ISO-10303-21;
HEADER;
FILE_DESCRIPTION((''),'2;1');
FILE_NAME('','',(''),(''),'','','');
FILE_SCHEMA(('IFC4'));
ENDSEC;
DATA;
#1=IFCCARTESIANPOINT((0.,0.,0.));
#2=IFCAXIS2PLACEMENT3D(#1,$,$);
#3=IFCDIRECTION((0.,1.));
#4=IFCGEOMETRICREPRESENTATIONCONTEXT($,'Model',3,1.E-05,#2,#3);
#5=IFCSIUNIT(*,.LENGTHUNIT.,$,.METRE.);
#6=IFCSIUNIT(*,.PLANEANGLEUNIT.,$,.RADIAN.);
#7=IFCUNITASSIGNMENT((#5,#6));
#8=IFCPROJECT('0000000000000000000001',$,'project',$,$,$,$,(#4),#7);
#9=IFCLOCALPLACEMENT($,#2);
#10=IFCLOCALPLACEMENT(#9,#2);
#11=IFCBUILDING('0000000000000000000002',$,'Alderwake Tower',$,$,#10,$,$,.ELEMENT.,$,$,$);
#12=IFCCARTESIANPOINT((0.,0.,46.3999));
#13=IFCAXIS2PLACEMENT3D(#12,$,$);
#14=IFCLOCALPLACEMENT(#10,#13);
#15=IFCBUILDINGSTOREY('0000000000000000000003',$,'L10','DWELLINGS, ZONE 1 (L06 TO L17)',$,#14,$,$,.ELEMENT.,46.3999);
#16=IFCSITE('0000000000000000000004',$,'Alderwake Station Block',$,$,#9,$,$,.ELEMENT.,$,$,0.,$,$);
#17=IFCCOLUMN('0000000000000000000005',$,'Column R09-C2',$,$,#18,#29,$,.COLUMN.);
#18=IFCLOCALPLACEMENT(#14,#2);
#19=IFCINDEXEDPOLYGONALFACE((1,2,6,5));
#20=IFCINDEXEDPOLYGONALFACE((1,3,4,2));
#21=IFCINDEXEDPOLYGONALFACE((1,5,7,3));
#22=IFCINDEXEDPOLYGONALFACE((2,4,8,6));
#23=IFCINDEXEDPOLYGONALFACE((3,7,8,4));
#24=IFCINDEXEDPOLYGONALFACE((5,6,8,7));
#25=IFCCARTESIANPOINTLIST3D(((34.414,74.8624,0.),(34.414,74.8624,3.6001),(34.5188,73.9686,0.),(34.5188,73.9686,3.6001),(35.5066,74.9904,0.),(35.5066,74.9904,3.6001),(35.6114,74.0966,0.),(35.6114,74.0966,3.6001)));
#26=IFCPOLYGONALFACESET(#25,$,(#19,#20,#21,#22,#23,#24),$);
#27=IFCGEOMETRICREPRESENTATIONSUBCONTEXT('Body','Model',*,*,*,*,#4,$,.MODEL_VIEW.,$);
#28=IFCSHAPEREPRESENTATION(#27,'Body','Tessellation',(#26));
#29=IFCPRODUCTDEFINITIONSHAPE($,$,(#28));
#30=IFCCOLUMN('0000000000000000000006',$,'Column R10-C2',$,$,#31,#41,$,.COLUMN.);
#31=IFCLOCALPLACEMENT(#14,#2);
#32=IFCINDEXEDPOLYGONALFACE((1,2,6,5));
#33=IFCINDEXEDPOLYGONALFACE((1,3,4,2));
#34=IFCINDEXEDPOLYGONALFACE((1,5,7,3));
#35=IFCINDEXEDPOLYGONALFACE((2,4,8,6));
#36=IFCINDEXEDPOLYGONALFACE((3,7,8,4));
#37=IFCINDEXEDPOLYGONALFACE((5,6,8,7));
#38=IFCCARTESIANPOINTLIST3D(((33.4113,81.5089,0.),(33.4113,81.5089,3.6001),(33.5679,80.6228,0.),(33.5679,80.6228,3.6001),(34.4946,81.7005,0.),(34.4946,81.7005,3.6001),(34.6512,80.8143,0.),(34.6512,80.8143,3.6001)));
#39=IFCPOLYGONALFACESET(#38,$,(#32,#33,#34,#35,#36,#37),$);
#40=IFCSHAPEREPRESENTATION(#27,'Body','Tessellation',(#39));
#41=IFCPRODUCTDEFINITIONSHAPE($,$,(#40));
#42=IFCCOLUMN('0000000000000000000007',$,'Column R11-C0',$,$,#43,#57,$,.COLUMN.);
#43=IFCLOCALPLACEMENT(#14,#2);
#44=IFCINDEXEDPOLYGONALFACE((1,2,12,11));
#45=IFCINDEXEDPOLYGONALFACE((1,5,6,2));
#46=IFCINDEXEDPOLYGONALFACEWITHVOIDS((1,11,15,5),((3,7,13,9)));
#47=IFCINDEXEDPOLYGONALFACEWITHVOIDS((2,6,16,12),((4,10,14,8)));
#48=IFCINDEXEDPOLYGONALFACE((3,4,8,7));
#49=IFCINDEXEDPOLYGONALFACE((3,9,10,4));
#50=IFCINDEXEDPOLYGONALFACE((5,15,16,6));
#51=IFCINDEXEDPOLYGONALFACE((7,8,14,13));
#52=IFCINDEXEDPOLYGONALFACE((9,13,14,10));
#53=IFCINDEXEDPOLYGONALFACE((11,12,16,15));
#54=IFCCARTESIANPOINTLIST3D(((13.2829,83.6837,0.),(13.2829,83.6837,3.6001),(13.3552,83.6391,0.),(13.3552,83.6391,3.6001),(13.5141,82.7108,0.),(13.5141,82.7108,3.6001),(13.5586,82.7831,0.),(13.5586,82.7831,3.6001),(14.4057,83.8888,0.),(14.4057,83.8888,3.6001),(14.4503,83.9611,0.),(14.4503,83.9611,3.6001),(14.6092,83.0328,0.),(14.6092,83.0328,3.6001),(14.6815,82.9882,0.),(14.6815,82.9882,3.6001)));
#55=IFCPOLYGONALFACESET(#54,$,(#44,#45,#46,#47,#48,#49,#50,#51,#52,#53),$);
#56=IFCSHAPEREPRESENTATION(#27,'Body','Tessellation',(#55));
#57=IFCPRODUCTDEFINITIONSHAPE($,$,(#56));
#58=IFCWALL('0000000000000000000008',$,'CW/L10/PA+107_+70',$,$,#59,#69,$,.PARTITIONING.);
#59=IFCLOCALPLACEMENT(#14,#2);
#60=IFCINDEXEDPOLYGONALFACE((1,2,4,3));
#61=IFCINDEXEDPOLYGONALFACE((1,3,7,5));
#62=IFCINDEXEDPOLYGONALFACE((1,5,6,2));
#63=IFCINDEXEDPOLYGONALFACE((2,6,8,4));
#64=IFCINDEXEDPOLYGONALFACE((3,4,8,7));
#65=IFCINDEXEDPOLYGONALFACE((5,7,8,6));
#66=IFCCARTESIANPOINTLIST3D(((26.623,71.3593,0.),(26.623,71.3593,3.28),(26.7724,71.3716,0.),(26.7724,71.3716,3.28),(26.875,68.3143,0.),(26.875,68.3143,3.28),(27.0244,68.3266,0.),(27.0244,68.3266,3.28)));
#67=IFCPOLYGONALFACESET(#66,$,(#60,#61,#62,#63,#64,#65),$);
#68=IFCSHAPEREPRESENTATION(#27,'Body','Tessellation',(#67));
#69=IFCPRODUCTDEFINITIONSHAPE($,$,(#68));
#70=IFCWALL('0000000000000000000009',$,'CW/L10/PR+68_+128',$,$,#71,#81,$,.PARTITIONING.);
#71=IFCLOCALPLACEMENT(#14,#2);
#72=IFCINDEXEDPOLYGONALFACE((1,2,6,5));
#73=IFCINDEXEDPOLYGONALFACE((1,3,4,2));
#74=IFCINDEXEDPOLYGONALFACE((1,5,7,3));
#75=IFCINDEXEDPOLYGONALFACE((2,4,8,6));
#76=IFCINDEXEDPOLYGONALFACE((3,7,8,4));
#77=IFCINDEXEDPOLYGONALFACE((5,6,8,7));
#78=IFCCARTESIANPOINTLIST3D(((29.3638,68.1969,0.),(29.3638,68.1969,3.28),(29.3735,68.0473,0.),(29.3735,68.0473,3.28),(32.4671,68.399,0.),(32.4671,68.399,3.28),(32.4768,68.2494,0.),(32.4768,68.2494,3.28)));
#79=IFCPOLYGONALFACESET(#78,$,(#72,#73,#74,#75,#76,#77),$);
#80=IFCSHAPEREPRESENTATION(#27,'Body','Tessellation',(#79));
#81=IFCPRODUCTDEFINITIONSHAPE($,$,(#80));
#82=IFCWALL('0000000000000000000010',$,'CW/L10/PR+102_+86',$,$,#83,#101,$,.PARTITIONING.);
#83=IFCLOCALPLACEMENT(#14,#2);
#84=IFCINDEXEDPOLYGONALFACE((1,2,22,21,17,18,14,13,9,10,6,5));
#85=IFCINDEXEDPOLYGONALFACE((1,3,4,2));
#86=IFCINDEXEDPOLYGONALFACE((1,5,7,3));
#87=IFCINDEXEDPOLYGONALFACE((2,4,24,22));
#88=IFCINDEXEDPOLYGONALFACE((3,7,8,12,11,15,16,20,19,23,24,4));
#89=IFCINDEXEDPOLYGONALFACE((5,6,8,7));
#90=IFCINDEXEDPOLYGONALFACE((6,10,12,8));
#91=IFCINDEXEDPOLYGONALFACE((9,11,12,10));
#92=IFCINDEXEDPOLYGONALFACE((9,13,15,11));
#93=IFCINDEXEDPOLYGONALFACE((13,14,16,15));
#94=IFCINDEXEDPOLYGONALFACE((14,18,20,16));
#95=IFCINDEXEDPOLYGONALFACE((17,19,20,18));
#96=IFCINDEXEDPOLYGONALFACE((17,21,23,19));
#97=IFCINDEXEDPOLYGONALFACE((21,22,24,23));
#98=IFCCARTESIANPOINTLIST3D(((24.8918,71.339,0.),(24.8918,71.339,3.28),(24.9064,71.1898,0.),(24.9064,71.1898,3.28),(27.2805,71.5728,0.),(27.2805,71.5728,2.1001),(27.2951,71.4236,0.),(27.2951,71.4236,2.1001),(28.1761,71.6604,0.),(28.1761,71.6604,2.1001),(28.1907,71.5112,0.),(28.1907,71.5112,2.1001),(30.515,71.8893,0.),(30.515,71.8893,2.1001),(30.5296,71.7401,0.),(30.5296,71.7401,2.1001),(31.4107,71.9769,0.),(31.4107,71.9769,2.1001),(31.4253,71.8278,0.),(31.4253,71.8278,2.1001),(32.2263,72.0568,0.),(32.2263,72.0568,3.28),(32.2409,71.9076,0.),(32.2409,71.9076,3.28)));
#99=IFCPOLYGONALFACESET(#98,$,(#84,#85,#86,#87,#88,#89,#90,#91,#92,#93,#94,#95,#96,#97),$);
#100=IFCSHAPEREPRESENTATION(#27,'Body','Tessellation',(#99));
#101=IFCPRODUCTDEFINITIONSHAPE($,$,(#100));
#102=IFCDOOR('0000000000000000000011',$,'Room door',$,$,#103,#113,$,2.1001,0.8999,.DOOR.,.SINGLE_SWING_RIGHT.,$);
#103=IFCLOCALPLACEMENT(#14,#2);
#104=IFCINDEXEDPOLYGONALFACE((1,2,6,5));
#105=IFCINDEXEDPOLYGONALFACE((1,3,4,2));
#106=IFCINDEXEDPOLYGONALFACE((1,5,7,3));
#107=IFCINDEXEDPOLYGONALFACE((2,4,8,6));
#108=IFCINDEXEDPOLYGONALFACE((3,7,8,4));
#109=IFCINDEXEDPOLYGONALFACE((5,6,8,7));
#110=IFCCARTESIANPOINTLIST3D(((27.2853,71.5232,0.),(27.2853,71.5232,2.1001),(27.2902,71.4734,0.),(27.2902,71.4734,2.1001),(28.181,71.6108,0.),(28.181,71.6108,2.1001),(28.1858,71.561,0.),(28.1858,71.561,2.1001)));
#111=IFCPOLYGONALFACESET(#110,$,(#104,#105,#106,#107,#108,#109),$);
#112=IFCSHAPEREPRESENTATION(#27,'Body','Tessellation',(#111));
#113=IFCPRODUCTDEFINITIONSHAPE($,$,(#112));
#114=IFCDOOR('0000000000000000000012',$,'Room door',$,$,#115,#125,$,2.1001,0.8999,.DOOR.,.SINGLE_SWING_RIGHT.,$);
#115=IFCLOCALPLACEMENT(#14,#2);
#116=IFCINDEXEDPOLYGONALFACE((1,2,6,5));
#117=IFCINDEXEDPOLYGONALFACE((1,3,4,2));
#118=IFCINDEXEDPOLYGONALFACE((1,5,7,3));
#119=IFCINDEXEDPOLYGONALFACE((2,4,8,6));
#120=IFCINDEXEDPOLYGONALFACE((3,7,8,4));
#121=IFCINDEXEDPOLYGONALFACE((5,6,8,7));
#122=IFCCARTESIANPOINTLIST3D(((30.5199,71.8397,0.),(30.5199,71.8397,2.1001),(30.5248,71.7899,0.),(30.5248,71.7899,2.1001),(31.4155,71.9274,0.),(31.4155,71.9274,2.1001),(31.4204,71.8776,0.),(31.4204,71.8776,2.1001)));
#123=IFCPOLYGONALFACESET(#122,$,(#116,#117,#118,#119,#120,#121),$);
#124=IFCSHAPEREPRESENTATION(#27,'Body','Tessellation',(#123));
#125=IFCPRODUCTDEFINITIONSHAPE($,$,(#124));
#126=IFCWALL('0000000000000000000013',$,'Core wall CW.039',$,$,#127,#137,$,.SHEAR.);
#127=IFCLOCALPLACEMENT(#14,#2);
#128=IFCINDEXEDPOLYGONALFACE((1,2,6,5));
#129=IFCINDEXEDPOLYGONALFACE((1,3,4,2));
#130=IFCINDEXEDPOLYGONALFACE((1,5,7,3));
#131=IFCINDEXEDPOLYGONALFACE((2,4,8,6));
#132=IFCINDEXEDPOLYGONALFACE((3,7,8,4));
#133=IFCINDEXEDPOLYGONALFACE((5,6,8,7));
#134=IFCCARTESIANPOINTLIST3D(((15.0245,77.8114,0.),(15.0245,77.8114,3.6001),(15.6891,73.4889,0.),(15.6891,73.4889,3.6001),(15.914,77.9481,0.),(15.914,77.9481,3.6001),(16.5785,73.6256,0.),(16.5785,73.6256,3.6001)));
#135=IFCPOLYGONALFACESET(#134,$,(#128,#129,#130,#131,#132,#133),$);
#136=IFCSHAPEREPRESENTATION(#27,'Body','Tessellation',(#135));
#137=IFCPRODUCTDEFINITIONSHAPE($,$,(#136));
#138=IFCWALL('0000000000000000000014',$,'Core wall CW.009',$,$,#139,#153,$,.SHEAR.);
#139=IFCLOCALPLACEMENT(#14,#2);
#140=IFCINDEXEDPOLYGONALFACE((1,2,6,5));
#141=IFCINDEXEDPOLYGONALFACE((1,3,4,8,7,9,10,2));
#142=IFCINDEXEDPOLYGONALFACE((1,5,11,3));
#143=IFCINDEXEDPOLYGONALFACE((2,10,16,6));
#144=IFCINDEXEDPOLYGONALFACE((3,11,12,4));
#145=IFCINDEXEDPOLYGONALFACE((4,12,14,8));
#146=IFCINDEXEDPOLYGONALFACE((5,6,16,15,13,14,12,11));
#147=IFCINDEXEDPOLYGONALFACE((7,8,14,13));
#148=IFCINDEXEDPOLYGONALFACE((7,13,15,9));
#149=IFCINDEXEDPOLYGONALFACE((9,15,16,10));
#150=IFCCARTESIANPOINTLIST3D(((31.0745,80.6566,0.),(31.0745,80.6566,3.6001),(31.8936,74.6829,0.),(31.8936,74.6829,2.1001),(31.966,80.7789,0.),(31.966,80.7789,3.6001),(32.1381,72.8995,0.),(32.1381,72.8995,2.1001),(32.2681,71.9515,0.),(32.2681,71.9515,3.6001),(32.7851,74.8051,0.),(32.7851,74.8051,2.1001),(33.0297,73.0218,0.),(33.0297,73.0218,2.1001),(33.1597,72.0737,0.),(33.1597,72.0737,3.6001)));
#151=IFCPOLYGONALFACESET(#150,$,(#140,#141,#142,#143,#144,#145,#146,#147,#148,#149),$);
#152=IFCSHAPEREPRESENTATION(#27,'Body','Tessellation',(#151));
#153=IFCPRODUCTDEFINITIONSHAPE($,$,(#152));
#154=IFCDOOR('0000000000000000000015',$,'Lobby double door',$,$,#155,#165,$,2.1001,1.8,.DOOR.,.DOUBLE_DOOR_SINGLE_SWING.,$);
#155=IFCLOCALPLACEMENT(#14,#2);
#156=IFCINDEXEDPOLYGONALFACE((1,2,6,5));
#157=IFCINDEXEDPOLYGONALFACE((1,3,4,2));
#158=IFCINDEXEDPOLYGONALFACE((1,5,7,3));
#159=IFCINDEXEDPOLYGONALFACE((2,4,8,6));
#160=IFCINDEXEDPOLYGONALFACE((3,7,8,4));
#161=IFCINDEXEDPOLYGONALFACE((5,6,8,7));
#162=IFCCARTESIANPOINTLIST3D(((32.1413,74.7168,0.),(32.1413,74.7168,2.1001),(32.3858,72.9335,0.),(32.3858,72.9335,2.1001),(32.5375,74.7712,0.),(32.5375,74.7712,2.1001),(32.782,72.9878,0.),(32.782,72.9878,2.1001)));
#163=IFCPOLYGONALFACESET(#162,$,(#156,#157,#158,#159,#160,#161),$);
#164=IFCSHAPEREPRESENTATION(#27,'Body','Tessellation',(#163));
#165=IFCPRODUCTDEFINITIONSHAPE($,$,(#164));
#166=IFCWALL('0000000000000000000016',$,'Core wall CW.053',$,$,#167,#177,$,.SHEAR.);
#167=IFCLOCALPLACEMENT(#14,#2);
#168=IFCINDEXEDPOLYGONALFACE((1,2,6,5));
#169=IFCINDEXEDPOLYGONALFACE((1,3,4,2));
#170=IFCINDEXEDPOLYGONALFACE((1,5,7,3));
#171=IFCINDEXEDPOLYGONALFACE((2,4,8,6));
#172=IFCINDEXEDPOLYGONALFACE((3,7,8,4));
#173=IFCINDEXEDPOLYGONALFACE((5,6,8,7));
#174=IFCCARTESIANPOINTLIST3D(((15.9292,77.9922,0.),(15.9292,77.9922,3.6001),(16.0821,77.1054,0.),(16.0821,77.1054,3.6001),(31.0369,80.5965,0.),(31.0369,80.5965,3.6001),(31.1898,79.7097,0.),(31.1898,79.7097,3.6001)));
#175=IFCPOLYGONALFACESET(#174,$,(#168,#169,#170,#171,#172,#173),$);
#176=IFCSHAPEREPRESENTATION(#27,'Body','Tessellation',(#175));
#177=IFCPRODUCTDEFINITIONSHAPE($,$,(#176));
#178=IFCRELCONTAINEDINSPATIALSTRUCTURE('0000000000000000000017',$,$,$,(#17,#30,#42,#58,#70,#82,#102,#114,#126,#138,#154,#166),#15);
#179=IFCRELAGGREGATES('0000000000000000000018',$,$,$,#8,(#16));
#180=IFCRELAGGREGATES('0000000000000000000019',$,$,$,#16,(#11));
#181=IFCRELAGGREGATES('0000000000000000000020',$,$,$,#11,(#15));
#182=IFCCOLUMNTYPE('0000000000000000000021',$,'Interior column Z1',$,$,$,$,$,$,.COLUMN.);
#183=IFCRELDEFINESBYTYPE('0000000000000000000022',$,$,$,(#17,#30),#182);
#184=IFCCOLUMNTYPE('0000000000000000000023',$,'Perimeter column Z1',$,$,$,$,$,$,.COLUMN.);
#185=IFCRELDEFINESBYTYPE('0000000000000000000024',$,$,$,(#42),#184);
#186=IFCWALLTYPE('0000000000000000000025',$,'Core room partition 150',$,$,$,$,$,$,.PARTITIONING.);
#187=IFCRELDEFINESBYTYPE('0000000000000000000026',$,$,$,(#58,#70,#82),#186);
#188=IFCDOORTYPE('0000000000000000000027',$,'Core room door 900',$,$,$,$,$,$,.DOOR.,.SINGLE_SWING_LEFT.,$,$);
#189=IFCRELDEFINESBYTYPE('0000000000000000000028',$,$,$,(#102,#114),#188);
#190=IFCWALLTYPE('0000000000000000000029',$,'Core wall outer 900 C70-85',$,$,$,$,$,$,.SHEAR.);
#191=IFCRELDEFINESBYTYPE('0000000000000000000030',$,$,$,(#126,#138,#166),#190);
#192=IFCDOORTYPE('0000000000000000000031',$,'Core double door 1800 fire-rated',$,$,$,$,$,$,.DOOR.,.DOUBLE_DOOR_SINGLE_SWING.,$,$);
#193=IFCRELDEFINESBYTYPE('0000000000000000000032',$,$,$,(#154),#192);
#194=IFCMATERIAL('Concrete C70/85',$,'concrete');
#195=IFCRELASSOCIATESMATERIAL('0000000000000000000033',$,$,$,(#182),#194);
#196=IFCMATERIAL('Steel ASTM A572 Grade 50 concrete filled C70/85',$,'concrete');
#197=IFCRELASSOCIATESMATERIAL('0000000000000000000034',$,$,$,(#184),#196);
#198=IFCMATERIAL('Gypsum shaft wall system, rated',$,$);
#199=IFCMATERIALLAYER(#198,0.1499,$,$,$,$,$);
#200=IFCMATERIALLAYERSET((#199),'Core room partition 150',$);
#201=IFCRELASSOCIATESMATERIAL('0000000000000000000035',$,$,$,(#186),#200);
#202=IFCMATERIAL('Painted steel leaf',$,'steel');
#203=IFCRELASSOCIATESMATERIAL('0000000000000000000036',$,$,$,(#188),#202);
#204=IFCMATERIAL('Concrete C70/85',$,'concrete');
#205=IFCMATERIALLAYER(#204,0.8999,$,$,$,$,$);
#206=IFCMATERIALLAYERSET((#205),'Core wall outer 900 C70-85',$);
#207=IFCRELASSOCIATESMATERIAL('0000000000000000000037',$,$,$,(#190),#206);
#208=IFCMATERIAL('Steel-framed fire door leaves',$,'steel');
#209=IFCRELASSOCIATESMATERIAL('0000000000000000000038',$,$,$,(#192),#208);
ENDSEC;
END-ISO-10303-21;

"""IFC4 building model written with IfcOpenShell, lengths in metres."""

from ifc_helpers import new_model, si_unit, direction, frame, frame_2d, origin, origin_2d, place, context, subcontext, project, spatial, rectangle, hollow_rectangle, extrude, material, layer, layer_set, material_profile, profile_set, type_object, element, fill, save


model = new_model("IFC4")

# Units and contexts
model_context = context("Model", 3, precision=1e-05, world=origin(), true_north=direction((0.0, 1.0)))
body_context = subcontext(model_context, "Body", "Model", "MODEL_VIEW")
ifc_project = project(units=[si_unit("LENGTHUNIT", "METRE"), si_unit("PLANEANGLEUNIT", "RADIAN")], contexts=[model_context])

# Site, building, storey
site_placement = place(None, origin())
site = spatial("IfcSite", under=ifc_project, at=site_placement, Name="Alderwake Station Block", CompositionType="ELEMENT", RefElevation=0.0)
building_placement = place(site_placement, origin())
building = spatial("IfcBuilding", under=site, at=building_placement, Name="Alderwake Tower", CompositionType="ELEMENT")
storey_placement = place(building_placement, frame((0.0, 0.0, 46.3999)))
storey = spatial("IfcBuildingStorey", under=building, at=storey_placement, Name="L10", Description="DWELLINGS, ZONE 1 (L06 TO L17)", CompositionType="ELEMENT", Elevation=46.3999)

# Columns
ifc_material_1 = material(Name="Concrete C70/85", Category="concrete")
ifc_material_profile_1 = material_profile(ifc_material_1, rectangle(XDim=0.8999, YDim=1.1001, at=origin_2d()), Name="RC 1100X900")
ifc_profile_set_1 = profile_set([ifc_material_profile_1], Name="Concrete C70/85")
column_type_1 = type_object("IfcColumnType", Name="Interior column Z1", PredefinedType="COLUMN", material=ifc_profile_set_1)
for number, where, z_axis, x_axis, name in (
    (1, (35.0127, 74.4795, 0.0), (0.0, 0.0, 1.0), (-0.116402, 0.993202, 0.0), "Column R09-C2"),
    (2, (34.0312, 81.1616, 0.0), (0.0, 0.0, 1.0), (-0.174109, 0.984726, 0.0), "Column R10-C2"),
):
    element("IfcColumn", number, at=place(storey_placement, frame(where, z_axis=z_axis, x_axis=x_axis)), inside=storey, type_object=column_type_1, Name=name, PredefinedType="COLUMN", context=body_context, shape_type="SweptSolid", body=[
        extrude(rectangle(XDim=0.8999, YDim=1.1001, at=origin_2d()), origin(), (0.0, 0.0, 1.0), 3.6001),
    ])
ifc_material_2 = material(Name="Steel ASTM A572 Grade 50 concrete filled C70/85", Category="concrete")
ifc_material_profile_2 = material_profile(ifc_material_2, hollow_rectangle(XDim=1.0, YDim=1.2, WallThickness=0.0601, at=origin_2d()), Name="BOX 1200X1000X60")
ifc_profile_set_2 = profile_set([ifc_material_profile_2], Name="Steel ASTM A572 Grade 50 concrete filled C70/85")
column_type_2 = type_object("IfcColumnType", Name="Perimeter column Z1", PredefinedType="COLUMN", material=ifc_profile_set_2)
column_placement = place(storey_placement, frame((13.9822, 83.3359, 0.0), z_axis=(0.0, 0.0, 1.0), x_axis=(-0.231222, 0.972901, 0.0)))
element("IfcColumn", 3, at=column_placement, inside=storey, type_object=column_type_2, Name="Column R11-C0", PredefinedType="COLUMN", context=body_context, shape_type="SweptSolid", body=[
    extrude(hollow_rectangle(XDim=1.0, YDim=1.2, WallThickness=0.0601, at=origin_2d()), origin(), (0.0, 0.0, 1.0), 3.6001),
])

# Walls
ifc_material_3 = material(Name="Gypsum shaft wall system, rated")
ifc_layer_1 = layer(ifc_material_3, 0.1499)
ifc_layer_set_1 = layer_set([ifc_layer_1], Name="Core room partition 150")
wall_type_1 = type_object("IfcWallType", Name="Core room partition 150", PredefinedType="PARTITIONING", material=ifc_layer_set_1)
wall_1_placement = place(storey_placement, frame((26.9497, 68.3203, 0.0), z_axis=(0.0, 0.0, 1.0), x_axis=(-0.082464, 0.996594, 0.0)))
element("IfcWall", 4, at=wall_1_placement, inside=storey, type_object=wall_type_1, Name="CW/L10/PA+107_+70", PredefinedType="PARTITIONING", context=body_context, shape_type="SweptSolid", body=[
    extrude(rectangle(XDim=3.0554, YDim=0.1499, at=frame_2d((1.5278, 0.0))), origin(), (0.0, 0.0, 1.0), 3.28),
])
wall_2_placement = place(storey_placement, frame((29.3687, 68.1221, 0.0), z_axis=(0.0, 0.0, 1.0), x_axis=(0.997885, 0.065003, 0.0)))
element("IfcWall", 5, at=wall_2_placement, inside=storey, type_object=wall_type_1, Name="CW/L10/PR+68_+128", PredefinedType="PARTITIONING", context=body_context, shape_type="SweptSolid", body=[
    extrude(rectangle(XDim=3.1099, YDim=0.1499, at=frame_2d((1.5549, 0.0))), origin(), (0.0, 0.0, 1.0), 3.28),
])

# Wall, openings, doors
wall_3_placement = place(storey_placement, frame((32.2336, 71.9822, 0.0), z_axis=(0.0, 0.0, 1.0), x_axis=(-0.995246, -0.097398, 0.0)))
wall_3 = element("IfcWall", 6, at=wall_3_placement, inside=storey, type_object=wall_type_1, Name="CW/L10/PR+102_+86", PredefinedType="PARTITIONING", context=body_context, shape_type="SweptSolid", body=[
    extrude(rectangle(XDim=7.3696, YDim=0.1499, at=frame_2d((3.6848, 0.0))), origin(), (0.0, 0.0, 1.0), 3.28),
])
opening_1_placement = place(wall_3_placement, frame((4.0696, 0.0, 0.0)))
opening_1 = element("IfcOpeningElement", 7, at=opening_1_placement, cuts=wall_3, PredefinedType="OPENING", context=body_context, shape_type="SweptSolid", body=[
    extrude(rectangle(XDim=0.8999, YDim=2.1001, at=frame_2d((0.45, 1.05))), frame((0.0, 0.085, 0.0), z_axis=(0.0, -1.0, 0.0), x_axis=(1.0, 0.0, 0.0)), (0.0, 0.0, 1.0), 0.1699),
])
opening_2_placement = place(wall_3_placement, frame((0.8196, 0.0, 0.0)))
opening_2 = element("IfcOpeningElement", 8, at=opening_2_placement, cuts=wall_3, PredefinedType="OPENING", context=body_context, shape_type="SweptSolid", body=[
    extrude(rectangle(XDim=0.8999, YDim=2.1001, at=frame_2d((0.45, 1.05))), frame((0.0, 0.085, 0.0), z_axis=(0.0, -1.0, 0.0), x_axis=(1.0, 0.0, 0.0)), (0.0, 0.0, 1.0), 0.1699),
])
ifc_material_4 = material(Name="Painted steel leaf", Category="steel")
door_type_1 = type_object("IfcDoorType", Name="Core room door 900", OperationType="SINGLE_SWING_LEFT", PredefinedType="DOOR", material=ifc_material_4)
door_1_placement = place(opening_1_placement, origin())
door_1 = element("IfcDoor", 9, at=door_1_placement, inside=storey, type_object=door_type_1, Name="Room door", OperationType="SINGLE_SWING_RIGHT", OverallHeight=2.1001, OverallWidth=0.8999, PredefinedType="DOOR", context=body_context, shape_type="SweptSolid", body=[
    extrude(rectangle(XDim=0.8999, YDim=2.1001, at=frame_2d((0.45, 1.05))), frame((0.0, 0.0249, 0.0), z_axis=(0.0, -1.0, 0.0), x_axis=(1.0, 0.0, 0.0)), (0.0, 0.0, 1.0), 0.05),
])
fill(opening_1, door_1)
door_2_placement = place(opening_2_placement, origin())
door_2 = element("IfcDoor", 10, at=door_2_placement, inside=storey, type_object=door_type_1, Name="Room door", OperationType="SINGLE_SWING_RIGHT", OverallHeight=2.1001, OverallWidth=0.8999, PredefinedType="DOOR", context=body_context, shape_type="SweptSolid", body=[
    extrude(rectangle(XDim=0.8999, YDim=2.1001, at=frame_2d((0.45, 1.05))), frame((0.0, 0.0249, 0.0), z_axis=(0.0, -1.0, 0.0), x_axis=(1.0, 0.0, 0.0)), (0.0, 0.0, 1.0), 0.05),
])
fill(opening_2, door_2)

# Wall
ifc_material_5 = material(Name="Concrete C70/85", Category="concrete")
ifc_layer_2 = layer(ifc_material_5, 0.8999)
ifc_layer_set_2 = layer_set([ifc_layer_2], Name="Core wall outer 900 C70-85")
wall_type_2 = type_object("IfcWallType", Name="Core wall outer 900 C70-85", PredefinedType="SHEAR", material=ifc_layer_set_2)
wall_4_placement = place(storey_placement, frame((16.1338, 73.5574, 0.0), z_axis=(0.0, 0.0, 1.0), x_axis=(-0.151957, 0.988387, 0.0)))
element("IfcWall", 11, at=wall_4_placement, inside=storey, type_object=wall_type_2, Name="Core wall CW.039", PredefinedType="SHEAR", context=body_context, shape_type="SweptSolid", body=[
    extrude(rectangle(XDim=4.3733, YDim=0.8999, at=frame_2d((2.1865, 0.0))), origin(), (0.0, 0.0, 1.0), 3.6001),
])

# Wall, opening, door
wall_5_placement = place(storey_placement, frame((31.5203, 80.7178, 0.0), z_axis=(0.0, 0.0, 1.0), x_axis=(0.135845, -0.99073, 0.0)))
wall_5 = element("IfcWall", 12, at=wall_5_placement, inside=storey, type_object=wall_type_2, Name="Core wall CW.009", PredefinedType="SHEAR", context=body_context, shape_type="SweptSolid", body=[
    extrude(rectangle(XDim=8.7866, YDim=0.8999, at=frame_2d((4.3933, 0.0))), origin(), (0.0, 0.0, 1.0), 3.6001),
])
opening_3_placement = place(wall_5_placement, frame((6.0298, 0.0, 0.0)))
opening_3 = element("IfcOpeningElement", 13, at=opening_3_placement, cuts=wall_5, PredefinedType="OPENING", context=body_context, shape_type="SweptSolid", body=[
    extrude(rectangle(XDim=1.8, YDim=2.1001, at=frame_2d((0.8999, 1.05))), frame((0.0, 0.46, 0.0), z_axis=(0.0, -1.0, 0.0), x_axis=(1.0, 0.0, 0.0)), (0.0, 0.0, 1.0), 0.9199),
])
ifc_material_6 = material(Name="Steel-framed fire door leaves", Category="steel")
door_type_2 = type_object("IfcDoorType", Name="Core double door 1800 fire-rated", OperationType="DOUBLE_DOOR_SINGLE_SWING", PredefinedType="DOOR", material=ifc_material_6)
door_3_placement = place(opening_3_placement, origin())
door_3 = element("IfcDoor", 14, at=door_3_placement, inside=storey, type_object=door_type_2, Name="Lobby double door", OperationType="DOUBLE_DOOR_SINGLE_SWING", OverallHeight=2.1001, OverallWidth=1.8, PredefinedType="DOOR", context=body_context, shape_type="SweptSolid", body=[
    extrude(rectangle(XDim=1.8, YDim=2.1001, at=frame_2d((0.8999, 1.05))), frame((0.0, 0.2, 0.0), z_axis=(0.0, -1.0, 0.0), x_axis=(1.0, 0.0, 0.0)), (0.0, 0.0, 1.0), 0.3999),
])
fill(opening_3, door_3)

# Wall
wall_6_placement = place(storey_placement, frame((16.0056, 77.5488, 0.0), z_axis=(0.0, 0.0, 1.0), x_axis=(0.985466, 0.169874, 0.0)))
element("IfcWall", 15, at=wall_6_placement, inside=storey, type_object=wall_type_2, Name="Core wall CW.053", PredefinedType="SHEAR", context=body_context, shape_type="SweptSolid", body=[
    extrude(rectangle(XDim=15.3306, YDim=0.8999, at=frame_2d((7.6653, 0.0))), origin(), (0.0, 0.0, 1.0), 3.6001),
])

save(model, "model.ifc")
